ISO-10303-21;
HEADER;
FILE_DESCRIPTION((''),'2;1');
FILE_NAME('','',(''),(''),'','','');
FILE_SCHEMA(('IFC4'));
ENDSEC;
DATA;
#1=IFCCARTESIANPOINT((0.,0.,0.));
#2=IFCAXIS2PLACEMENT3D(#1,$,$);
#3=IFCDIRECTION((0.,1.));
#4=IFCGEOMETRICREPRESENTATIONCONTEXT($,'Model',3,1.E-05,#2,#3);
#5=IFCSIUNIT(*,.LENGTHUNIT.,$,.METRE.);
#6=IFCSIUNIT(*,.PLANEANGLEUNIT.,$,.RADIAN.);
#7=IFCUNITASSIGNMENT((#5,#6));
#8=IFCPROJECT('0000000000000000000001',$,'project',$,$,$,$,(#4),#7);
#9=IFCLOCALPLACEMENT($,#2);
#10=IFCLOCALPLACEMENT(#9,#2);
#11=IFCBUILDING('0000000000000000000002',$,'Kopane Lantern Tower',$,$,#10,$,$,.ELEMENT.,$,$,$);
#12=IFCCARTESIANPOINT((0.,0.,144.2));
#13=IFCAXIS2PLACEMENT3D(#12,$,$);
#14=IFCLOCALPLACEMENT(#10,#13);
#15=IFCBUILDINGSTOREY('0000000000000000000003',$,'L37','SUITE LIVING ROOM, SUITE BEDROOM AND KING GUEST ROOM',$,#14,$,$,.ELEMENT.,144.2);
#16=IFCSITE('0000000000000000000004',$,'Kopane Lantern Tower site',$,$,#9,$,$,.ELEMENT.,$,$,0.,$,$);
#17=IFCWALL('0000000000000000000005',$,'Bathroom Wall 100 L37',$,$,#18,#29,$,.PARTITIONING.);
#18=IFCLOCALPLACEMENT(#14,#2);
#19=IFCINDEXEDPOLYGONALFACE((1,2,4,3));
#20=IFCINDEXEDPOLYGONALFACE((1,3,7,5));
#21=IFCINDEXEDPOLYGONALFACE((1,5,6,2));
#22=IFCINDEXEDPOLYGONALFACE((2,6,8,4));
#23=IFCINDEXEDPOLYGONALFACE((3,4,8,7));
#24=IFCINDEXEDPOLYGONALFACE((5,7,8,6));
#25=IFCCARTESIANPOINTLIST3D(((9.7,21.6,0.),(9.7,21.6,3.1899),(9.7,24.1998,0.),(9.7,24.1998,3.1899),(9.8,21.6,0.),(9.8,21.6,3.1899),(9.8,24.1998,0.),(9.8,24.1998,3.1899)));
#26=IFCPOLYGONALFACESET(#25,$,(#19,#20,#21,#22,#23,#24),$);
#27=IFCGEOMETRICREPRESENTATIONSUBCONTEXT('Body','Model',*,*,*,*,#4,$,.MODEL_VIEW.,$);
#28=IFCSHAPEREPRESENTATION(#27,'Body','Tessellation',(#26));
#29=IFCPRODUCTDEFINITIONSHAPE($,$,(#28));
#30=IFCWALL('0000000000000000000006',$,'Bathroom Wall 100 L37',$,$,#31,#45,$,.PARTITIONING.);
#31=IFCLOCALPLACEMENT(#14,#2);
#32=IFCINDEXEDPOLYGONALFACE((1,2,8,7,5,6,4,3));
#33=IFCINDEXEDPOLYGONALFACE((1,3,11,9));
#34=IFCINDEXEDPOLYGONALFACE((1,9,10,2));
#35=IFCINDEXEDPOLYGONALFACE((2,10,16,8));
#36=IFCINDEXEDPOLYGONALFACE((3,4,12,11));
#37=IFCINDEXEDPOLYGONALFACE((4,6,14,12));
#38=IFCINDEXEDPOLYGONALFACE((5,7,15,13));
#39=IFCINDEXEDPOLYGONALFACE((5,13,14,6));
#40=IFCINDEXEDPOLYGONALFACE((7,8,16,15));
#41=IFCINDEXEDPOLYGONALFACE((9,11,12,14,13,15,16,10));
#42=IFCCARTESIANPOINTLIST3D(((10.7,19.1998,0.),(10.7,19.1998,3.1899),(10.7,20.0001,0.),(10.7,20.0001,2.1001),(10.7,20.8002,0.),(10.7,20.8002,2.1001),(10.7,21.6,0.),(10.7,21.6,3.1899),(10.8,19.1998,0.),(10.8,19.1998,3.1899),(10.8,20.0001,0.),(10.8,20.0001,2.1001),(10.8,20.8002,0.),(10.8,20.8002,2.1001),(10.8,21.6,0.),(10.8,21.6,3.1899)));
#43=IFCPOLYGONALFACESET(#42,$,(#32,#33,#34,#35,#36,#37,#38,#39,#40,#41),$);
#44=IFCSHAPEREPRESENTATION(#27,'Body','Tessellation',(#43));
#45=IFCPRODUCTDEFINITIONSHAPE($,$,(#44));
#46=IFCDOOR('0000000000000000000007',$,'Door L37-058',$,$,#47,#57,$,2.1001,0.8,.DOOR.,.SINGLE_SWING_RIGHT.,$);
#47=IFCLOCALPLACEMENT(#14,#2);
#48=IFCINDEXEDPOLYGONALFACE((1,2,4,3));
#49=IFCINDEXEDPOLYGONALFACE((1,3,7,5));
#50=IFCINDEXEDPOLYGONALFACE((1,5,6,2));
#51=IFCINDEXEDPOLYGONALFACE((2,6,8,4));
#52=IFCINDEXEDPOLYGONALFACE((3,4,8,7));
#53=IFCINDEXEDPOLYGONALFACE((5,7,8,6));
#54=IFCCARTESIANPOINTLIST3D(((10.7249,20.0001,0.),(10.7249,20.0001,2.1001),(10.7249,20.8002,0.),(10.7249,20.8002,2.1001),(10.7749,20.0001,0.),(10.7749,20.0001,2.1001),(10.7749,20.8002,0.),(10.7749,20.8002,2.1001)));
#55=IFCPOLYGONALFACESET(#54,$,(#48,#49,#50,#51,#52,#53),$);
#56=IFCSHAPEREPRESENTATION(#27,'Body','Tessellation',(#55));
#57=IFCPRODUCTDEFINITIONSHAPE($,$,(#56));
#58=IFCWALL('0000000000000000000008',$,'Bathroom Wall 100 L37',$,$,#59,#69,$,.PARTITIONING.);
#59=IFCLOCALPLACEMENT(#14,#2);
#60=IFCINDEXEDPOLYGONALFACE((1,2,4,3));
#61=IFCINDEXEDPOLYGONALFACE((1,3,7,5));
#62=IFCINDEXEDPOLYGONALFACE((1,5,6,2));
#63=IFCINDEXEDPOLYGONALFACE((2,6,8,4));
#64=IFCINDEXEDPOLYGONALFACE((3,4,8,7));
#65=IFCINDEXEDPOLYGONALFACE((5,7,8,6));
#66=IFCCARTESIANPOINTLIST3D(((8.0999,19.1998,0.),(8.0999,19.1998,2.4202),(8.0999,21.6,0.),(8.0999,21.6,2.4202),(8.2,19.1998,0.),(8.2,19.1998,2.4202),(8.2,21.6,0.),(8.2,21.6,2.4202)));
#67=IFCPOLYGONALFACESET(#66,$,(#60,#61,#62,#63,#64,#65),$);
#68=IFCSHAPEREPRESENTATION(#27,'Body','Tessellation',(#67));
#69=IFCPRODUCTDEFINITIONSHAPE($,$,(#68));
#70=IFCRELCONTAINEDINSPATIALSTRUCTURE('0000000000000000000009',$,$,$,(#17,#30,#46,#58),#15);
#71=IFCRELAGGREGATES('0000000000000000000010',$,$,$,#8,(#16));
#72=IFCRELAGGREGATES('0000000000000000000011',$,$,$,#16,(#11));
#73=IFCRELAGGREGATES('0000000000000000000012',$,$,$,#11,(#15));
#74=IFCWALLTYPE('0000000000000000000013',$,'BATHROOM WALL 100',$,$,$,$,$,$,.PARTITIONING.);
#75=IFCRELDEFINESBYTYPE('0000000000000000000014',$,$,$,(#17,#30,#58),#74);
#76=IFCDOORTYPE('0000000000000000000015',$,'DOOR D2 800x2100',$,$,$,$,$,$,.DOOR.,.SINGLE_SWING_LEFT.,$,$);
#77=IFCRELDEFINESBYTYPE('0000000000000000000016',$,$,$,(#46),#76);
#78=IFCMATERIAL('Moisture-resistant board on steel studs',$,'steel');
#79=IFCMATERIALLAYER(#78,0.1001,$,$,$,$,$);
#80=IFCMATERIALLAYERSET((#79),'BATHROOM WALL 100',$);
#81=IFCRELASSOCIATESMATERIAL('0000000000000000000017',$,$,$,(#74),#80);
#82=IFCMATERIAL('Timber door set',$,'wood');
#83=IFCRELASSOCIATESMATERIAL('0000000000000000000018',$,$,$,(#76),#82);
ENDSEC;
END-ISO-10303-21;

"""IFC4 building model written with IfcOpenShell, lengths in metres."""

from ifc_helpers import new_model, si_unit, direction, frame, frame_2d, origin, place, context, subcontext, project, spatial, rectangle, extrude, material, layer, layer_set, type_object, element, fill, save


model = new_model("IFC4")

# Units and contexts
model_context = context("Model", 3, precision=1e-05, world=origin(), true_north=direction((0.0, 1.0)))
body_context = subcontext(model_context, "Body", "Model", "MODEL_VIEW")
ifc_project = project(units=[si_unit("LENGTHUNIT", "METRE"), si_unit("PLANEANGLEUNIT", "RADIAN")], contexts=[model_context])

# Site, building, storey
site_placement = place(None, origin())
site = spatial("IfcSite", under=ifc_project, at=site_placement, Name="Kopane Lantern Tower site", CompositionType="ELEMENT", RefElevation=0.0)
building_placement = place(site_placement, origin())
building = spatial("IfcBuilding", under=site, at=building_placement, Name="Kopane Lantern Tower", CompositionType="ELEMENT")
storey_placement = place(building_placement, frame((0.0, 0.0, 144.2)))
storey = spatial("IfcBuildingStorey", under=building, at=storey_placement, Name="L37", Description="SUITE LIVING ROOM, SUITE BEDROOM AND KING GUEST ROOM", CompositionType="ELEMENT", Elevation=144.2)

# Wall
ifc_material_1 = material(Name="Moisture-resistant board on steel studs", Category="steel")
ifc_layer_1 = layer(ifc_material_1, 0.1001)
ifc_layer_set_1 = layer_set([ifc_layer_1], Name="BATHROOM WALL 100")
wall_type_1 = type_object("IfcWallType", Name="BATHROOM WALL 100", PredefinedType="PARTITIONING", material=ifc_layer_set_1)
wall_1_placement = place(storey_placement, frame((9.75, 21.6001, 0.0), z_axis=(0.0, 0.0, 1.0), x_axis=(0.0, 1.0, 0.0)))
element("IfcWall", 1, at=wall_1_placement, inside=storey, type_object=wall_type_1, Name="Bathroom Wall 100 L37", PredefinedType="PARTITIONING", context=body_context, shape_type="SweptSolid", body=[
    extrude(rectangle(XDim=2.5999, YDim=0.1001, at=frame_2d((1.2998, 0.0))), origin(), (0.0, 0.0, 1.0), 3.1899),
])

# Wall, opening, door
wall_2_placement = place(storey_placement, frame((10.75, 21.6001, 0.0), z_axis=(0.0, 0.0, 1.0), x_axis=(0.0, -1.0, 0.0)))
wall_2 = element("IfcWall", 2, at=wall_2_placement, inside=storey, type_object=wall_type_1, Name="Bathroom Wall 100 L37", PredefinedType="PARTITIONING", context=body_context, shape_type="SweptSolid", body=[
    extrude(rectangle(XDim=2.4001, YDim=0.1001, at=frame_2d((1.2002, 0.0))), origin(), (0.0, 0.0, 1.0), 3.1899),
])
opening_1_placement = place(wall_2_placement, frame((0.8, 0.0, 0.0)))
opening_1 = element("IfcOpeningElement", 3, at=opening_1_placement, cuts=wall_2, PredefinedType="OPENING", context=body_context, shape_type="SweptSolid", body=[
    extrude(rectangle(XDim=0.8, YDim=2.1001, at=frame_2d((0.3999, 1.05))), frame((0.0, 0.0601, 0.0), z_axis=(0.0, -1.0, 0.0), x_axis=(1.0, 0.0, 0.0)), (0.0, 0.0, 1.0), 0.1201),
])
ifc_material_2 = material(Name="Timber door set", Category="wood")
door_type_1 = type_object("IfcDoorType", Name="DOOR D2 800x2100", OperationType="SINGLE_SWING_LEFT", PredefinedType="DOOR", material=ifc_material_2)
door_1_placement = place(opening_1_placement, origin())
door_1 = element("IfcDoor", 4, at=door_1_placement, inside=storey, type_object=door_type_1, Name="Door L37-058", OperationType="SINGLE_SWING_RIGHT", OverallHeight=2.1001, OverallWidth=0.8, PredefinedType="DOOR", context=body_context, shape_type="SweptSolid", body=[
    extrude(rectangle(XDim=0.8, YDim=2.1001, at=frame_2d((0.3999, 1.05))), frame((0.0, 0.0249, 0.0), z_axis=(0.0, -1.0, 0.0), x_axis=(1.0, 0.0, 0.0)), (0.0, 0.0, 1.0), 0.05),
])
fill(opening_1, door_1)

# Wall
wall_3_placement = place(storey_placement, frame((8.1499, 21.6001, 0.0), z_axis=(0.0, 0.0, 1.0), x_axis=(0.0, -1.0, 0.0)))
element("IfcWall", 5, at=wall_3_placement, inside=storey, type_object=wall_type_1, Name="Bathroom Wall 100 L37", PredefinedType="PARTITIONING", context=body_context, shape_type="SweptSolid", body=[
    extrude(rectangle(XDim=2.4001, YDim=0.1001, at=frame_2d((1.2002, 0.0))), origin(), (0.0, 0.0, 1.0), 2.4202),
])

save(model, "model.ifc")
